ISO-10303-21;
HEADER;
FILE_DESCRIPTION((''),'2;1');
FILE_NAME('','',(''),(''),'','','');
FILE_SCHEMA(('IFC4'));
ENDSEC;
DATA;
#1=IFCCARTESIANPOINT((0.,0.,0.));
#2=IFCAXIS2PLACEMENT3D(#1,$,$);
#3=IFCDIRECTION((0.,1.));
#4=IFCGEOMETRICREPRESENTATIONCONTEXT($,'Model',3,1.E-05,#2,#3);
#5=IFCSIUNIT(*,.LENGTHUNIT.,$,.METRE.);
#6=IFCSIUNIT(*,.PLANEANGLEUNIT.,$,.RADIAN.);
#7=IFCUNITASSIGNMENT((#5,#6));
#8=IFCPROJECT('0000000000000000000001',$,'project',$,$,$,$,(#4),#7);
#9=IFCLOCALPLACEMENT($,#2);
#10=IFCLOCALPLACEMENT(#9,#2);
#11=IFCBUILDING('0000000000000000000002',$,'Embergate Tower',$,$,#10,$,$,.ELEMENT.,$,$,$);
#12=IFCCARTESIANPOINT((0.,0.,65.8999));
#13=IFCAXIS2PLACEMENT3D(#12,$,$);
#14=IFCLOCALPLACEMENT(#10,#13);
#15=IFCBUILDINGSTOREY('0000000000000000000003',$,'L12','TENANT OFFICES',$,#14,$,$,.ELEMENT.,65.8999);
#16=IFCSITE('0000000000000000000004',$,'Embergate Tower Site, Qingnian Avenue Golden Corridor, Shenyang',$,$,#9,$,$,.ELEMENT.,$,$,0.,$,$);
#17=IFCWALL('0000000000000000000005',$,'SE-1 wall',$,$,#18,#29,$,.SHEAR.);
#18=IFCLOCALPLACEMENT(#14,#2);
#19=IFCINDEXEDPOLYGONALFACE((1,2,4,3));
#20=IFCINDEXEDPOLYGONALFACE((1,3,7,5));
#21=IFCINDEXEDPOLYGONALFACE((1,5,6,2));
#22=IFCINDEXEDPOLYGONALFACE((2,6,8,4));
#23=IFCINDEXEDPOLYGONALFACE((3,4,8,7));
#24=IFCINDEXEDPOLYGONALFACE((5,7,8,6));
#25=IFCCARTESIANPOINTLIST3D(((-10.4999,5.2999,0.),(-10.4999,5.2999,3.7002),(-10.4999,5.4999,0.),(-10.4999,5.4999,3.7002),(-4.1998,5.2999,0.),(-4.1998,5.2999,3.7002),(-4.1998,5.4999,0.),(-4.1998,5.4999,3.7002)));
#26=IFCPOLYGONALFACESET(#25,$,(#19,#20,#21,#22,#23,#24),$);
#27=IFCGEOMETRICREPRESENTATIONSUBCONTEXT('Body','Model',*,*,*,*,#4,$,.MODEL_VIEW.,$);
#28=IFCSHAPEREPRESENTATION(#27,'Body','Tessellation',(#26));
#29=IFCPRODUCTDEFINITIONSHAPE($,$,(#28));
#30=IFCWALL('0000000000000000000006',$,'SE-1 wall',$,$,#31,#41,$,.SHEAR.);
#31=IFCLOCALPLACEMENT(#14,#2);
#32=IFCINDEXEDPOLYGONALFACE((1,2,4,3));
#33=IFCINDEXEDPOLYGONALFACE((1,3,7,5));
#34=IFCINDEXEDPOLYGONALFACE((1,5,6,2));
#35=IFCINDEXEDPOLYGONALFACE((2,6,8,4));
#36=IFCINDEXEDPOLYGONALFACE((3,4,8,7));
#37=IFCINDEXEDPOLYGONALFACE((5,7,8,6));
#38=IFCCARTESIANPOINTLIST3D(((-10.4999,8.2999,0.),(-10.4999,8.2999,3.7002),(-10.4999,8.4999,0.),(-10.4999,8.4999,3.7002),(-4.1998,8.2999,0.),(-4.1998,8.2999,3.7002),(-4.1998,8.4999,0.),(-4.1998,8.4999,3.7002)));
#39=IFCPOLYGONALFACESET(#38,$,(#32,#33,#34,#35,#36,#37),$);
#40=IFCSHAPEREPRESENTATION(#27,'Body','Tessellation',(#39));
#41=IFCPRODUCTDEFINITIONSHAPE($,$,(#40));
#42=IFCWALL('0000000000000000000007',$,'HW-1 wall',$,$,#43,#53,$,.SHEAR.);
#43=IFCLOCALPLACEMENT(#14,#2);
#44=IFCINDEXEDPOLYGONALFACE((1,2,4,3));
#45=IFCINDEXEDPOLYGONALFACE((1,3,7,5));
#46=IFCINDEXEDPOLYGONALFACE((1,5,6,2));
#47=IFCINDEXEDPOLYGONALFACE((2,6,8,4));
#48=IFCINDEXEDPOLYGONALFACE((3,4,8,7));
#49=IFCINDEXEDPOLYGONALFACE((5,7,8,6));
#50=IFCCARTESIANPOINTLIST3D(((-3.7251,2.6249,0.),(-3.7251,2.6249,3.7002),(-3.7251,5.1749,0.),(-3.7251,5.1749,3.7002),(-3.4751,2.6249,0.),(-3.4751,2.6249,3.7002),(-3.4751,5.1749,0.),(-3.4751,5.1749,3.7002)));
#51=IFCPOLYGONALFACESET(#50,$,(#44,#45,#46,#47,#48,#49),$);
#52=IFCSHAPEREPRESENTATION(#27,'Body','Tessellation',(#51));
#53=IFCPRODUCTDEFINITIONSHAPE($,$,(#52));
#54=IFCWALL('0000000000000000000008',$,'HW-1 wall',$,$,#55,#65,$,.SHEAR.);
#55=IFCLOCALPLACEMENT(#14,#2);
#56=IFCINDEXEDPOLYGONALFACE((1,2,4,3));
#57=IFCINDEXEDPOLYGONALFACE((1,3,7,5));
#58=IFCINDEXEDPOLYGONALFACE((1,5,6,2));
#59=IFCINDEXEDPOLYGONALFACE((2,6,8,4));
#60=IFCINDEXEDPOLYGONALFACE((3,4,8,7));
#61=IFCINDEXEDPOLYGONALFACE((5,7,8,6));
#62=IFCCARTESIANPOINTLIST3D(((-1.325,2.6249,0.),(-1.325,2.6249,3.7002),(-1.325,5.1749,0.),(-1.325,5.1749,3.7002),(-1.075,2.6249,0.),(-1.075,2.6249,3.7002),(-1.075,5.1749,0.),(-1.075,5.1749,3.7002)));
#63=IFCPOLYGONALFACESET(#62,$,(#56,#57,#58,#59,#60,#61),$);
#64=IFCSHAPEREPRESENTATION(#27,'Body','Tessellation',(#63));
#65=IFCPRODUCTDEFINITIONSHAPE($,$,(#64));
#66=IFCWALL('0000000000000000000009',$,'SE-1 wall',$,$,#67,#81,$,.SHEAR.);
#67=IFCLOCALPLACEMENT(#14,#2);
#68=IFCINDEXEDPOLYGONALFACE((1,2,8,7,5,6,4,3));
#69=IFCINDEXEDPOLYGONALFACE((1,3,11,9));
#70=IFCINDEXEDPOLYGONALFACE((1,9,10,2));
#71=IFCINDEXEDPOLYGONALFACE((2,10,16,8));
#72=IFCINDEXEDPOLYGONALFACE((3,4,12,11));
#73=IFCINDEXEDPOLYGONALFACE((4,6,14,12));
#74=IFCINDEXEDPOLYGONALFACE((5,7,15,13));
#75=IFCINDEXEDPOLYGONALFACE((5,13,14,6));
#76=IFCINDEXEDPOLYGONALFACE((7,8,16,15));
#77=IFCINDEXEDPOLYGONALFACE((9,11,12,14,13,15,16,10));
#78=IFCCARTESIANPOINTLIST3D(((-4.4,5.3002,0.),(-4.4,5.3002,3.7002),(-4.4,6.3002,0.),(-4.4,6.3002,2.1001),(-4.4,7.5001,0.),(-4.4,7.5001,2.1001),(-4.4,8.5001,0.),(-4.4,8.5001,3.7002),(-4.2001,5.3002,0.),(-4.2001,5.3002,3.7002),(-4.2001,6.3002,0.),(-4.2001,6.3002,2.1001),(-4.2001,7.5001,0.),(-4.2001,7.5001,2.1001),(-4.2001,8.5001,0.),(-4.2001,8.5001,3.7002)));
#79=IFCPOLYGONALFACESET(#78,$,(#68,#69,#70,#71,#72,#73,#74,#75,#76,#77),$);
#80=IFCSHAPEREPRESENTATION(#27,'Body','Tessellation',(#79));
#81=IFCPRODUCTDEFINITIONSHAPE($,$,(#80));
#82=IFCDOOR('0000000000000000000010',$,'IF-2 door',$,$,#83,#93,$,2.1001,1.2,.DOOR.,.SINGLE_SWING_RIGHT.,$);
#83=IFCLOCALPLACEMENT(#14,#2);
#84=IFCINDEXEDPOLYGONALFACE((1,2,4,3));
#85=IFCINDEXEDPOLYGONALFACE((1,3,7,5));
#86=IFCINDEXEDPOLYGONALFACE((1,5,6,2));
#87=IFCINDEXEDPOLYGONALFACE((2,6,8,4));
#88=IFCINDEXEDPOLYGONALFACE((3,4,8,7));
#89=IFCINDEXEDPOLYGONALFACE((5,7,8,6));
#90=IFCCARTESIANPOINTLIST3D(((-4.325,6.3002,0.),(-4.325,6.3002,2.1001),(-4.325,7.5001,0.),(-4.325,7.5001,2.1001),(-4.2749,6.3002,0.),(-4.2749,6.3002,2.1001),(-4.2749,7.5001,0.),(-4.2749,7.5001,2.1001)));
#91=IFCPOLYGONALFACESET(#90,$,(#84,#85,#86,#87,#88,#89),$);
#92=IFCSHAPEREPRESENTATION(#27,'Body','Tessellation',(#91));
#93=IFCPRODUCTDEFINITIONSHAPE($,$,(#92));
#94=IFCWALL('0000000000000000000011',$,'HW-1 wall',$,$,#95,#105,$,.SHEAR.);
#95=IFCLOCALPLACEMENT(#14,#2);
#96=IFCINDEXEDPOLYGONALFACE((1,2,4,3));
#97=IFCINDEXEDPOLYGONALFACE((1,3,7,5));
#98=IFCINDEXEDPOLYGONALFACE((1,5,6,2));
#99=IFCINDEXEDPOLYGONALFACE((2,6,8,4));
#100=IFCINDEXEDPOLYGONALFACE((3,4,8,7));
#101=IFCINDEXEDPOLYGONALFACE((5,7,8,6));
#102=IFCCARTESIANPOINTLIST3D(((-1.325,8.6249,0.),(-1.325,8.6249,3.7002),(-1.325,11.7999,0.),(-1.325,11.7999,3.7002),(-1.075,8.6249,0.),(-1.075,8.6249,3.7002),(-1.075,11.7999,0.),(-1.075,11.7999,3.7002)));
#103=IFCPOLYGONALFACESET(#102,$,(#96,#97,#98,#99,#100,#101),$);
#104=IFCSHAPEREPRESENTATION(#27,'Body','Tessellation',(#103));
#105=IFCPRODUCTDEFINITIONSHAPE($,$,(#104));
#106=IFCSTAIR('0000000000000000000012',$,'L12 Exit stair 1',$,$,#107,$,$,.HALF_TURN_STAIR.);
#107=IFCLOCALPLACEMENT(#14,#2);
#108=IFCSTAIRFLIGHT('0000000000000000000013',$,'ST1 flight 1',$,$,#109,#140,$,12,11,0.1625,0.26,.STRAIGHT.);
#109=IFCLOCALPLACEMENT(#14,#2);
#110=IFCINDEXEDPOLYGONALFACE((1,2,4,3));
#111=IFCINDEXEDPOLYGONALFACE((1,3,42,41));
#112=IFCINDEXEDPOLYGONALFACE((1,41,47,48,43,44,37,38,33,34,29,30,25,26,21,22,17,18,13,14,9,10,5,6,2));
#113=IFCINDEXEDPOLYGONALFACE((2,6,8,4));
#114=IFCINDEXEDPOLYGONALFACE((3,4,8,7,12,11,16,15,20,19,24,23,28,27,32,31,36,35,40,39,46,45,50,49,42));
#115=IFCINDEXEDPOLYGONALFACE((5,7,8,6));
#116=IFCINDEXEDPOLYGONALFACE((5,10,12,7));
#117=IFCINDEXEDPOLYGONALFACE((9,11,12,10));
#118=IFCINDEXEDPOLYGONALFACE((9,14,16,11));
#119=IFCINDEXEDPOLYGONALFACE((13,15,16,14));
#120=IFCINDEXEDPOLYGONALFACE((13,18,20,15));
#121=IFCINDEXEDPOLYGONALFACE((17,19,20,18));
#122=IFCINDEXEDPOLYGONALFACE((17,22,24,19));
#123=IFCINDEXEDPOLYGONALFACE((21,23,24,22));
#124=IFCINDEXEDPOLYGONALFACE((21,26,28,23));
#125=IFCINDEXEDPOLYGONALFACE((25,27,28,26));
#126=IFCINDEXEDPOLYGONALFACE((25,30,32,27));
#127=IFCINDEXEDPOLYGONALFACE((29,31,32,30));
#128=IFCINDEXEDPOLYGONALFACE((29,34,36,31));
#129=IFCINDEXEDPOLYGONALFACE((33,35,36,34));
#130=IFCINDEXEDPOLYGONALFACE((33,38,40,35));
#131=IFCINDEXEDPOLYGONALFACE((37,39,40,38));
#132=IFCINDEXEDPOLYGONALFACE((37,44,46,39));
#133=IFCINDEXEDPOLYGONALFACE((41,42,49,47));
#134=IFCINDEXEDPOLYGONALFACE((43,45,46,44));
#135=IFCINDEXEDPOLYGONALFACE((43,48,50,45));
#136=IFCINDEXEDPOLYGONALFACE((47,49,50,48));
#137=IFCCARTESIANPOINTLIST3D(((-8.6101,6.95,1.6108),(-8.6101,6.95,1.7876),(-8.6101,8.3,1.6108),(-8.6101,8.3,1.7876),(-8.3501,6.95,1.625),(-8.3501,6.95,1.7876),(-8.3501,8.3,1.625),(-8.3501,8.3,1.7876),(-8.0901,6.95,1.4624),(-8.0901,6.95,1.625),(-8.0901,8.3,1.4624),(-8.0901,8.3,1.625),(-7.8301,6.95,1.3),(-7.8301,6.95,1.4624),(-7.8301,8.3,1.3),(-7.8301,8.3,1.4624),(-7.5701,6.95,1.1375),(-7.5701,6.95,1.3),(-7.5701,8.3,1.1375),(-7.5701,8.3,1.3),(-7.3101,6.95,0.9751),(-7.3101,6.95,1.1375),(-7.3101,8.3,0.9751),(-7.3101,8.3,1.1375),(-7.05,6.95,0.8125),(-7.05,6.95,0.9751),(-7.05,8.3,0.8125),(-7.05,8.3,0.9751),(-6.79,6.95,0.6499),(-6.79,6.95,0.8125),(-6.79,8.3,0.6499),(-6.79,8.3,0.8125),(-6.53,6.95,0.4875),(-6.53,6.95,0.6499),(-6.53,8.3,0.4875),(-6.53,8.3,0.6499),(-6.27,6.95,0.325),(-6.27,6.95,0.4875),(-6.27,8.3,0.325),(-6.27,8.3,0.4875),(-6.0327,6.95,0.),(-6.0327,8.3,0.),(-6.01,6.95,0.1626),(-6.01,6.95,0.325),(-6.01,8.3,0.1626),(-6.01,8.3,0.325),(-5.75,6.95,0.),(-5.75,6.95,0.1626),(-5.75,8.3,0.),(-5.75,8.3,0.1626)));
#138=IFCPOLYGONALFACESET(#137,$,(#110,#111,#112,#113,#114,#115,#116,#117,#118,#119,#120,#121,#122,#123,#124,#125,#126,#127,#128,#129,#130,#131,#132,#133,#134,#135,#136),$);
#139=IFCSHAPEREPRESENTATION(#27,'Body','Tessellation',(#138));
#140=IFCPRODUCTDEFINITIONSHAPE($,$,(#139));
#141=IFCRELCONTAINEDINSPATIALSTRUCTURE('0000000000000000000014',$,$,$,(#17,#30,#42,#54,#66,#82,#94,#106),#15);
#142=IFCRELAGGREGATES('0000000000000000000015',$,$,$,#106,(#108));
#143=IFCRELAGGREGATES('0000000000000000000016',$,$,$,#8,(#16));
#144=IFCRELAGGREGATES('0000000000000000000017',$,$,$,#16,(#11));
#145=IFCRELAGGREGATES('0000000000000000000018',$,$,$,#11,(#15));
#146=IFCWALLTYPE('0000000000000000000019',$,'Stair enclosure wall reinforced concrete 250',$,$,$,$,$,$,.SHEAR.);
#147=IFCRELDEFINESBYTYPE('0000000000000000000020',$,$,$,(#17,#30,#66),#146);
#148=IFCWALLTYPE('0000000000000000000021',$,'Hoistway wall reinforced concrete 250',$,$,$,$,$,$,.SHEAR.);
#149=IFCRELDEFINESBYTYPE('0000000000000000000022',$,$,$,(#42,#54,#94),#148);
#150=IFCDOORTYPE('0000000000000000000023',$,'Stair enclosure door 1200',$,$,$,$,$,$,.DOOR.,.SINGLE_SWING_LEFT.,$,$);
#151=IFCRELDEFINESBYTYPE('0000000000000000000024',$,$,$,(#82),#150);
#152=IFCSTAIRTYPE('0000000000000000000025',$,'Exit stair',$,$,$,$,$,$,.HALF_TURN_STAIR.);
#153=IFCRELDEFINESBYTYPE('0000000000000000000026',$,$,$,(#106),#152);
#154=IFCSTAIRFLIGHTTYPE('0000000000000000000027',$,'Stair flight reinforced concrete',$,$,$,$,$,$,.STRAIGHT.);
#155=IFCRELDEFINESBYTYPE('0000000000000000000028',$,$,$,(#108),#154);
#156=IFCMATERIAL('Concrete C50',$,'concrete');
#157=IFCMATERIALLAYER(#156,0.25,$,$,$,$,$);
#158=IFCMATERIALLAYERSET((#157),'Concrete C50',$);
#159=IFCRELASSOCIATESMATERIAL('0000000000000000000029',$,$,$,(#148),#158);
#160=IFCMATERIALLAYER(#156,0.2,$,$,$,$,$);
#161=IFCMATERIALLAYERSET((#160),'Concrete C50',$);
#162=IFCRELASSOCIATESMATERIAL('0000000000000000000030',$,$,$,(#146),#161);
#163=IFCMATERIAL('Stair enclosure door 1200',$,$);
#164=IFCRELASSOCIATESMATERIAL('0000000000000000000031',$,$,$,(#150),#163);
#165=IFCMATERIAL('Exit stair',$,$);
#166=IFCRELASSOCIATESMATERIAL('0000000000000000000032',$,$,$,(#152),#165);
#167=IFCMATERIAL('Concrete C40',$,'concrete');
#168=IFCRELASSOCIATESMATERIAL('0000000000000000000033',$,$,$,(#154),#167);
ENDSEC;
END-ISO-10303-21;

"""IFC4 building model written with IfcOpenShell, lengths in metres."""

from ifc_helpers import new_model, si_unit, direction, frame, frame_2d, origin, place, context, subcontext, project, spatial, polyline, rectangle, outline, extrude, source, transform, mapped, material, layer, layer_set, type_object, element, fill, aggregate, save


model = new_model("IFC4")

# Units and contexts
model_context = context("Model", 3, precision=1e-05, world=origin(), true_north=direction((0.0, 1.0)))
body_context = subcontext(model_context, "Body", "Model", "MODEL_VIEW")
ifc_project = project(units=[si_unit("LENGTHUNIT", "METRE"), si_unit("PLANEANGLEUNIT", "RADIAN")], contexts=[model_context])

# Site, building, storey
site_placement = place(None, origin())
site = spatial("IfcSite", under=ifc_project, at=site_placement, Name="Embergate Tower Site, Qingnian Avenue Golden Corridor, Shenyang", CompositionType="ELEMENT", RefElevation=0.0)
building_placement = place(site_placement, origin())
building = spatial("IfcBuilding", under=site, at=building_placement, Name="Embergate Tower", CompositionType="ELEMENT")
storey_placement = place(building_placement, frame((0.0, 0.0, 65.8999)))
storey = spatial("IfcBuildingStorey", under=building, at=storey_placement, Name="L12", Description="TENANT OFFICES", CompositionType="ELEMENT", Elevation=65.8999)

# Shared definitions
shared_shape_1 = source(origin(), body_context, "Body", "SweptSolid", [
    extrude(rectangle(XDim=1.2, YDim=2.1001, at=frame_2d((0.6001, 1.05))), frame((0.0, 0.0249, 0.0), z_axis=(0.0, -1.0, 0.0), x_axis=(1.0, 0.0, 0.0)), (0.0, 0.0, 1.0), 0.05),
])

# Shared definitions
ifc_material_1 = material(Name="Concrete C50", Category="concrete")
ifc_layer_1 = layer(ifc_material_1, 0.25)
ifc_layer_set_1 = layer_set([ifc_layer_1], Name="Concrete C50")
wall_type_1 = type_object("IfcWallType", Name="Hoistway wall reinforced concrete 250", PredefinedType="SHEAR", material=ifc_layer_set_1)

# Walls
ifc_layer_2 = layer(ifc_material_1, 0.2)
ifc_layer_set_2 = layer_set([ifc_layer_2], Name="Concrete C50")
wall_type_2 = type_object("IfcWallType", Name="Stair enclosure wall reinforced concrete 250", PredefinedType="SHEAR", material=ifc_layer_set_2)
shared_shape_2 = source(origin(), body_context, "Body", "SweptSolid", [
    extrude(rectangle(XDim=6.3, YDim=0.2, at=frame_2d((3.1499, 0.0))), origin(), (0.0, 0.0, 1.0), 3.7002),
])
for number, where, z_axis, x_axis, name in (
    (1, (-4.2, 5.3999, 0.0), (0.0, 0.0, 1.0), (-1.0, 0.0, 0.0), "SE-1 wall"),
    (2, (-4.2, 8.3999, 0.0), (0.0, 0.0, 1.0), (-1.0, 0.0, 0.0), "SE-1 wall"),
):
    element("IfcWall", number, at=place(storey_placement, frame(where, z_axis=z_axis, x_axis=x_axis)), inside=storey, type_object=wall_type_2, Name=name, PredefinedType="SHEAR", context=body_context, shape_type="MappedRepresentation", body=[
        mapped(shared_shape_2, transform((0.0, 0.0, 0.0))),
    ])
shared_shape_3 = source(origin(), body_context, "Body", "SweptSolid", [
    extrude(rectangle(XDim=2.55, YDim=0.25, at=frame_2d((1.2749, 0.0))), origin(), (0.0, 0.0, 1.0), 3.7002),
])
for number, where, z_axis, x_axis, name in (
    (3, (-3.6001, 2.625, 0.0), (0.0, 0.0, 1.0), (0.0, 1.0, 0.0), "HW-1 wall"),
    (4, (-1.2, 2.625, 0.0), (0.0, 0.0, 1.0), (0.0, 1.0, 0.0), "HW-1 wall"),
):
    element("IfcWall", number, at=place(storey_placement, frame(where, z_axis=z_axis, x_axis=x_axis)), inside=storey, type_object=wall_type_1, Name=name, PredefinedType="SHEAR", context=body_context, shape_type="MappedRepresentation", body=[
        mapped(shared_shape_3, transform((0.0, 0.0, 0.0))),
    ])

# Wall, opening, door
shared_shape_4 = source(origin(), body_context, "Body", "SweptSolid", [
    extrude(rectangle(XDim=3.2, YDim=0.2, at=frame_2d((1.6001, 0.0))), origin(), (0.0, 0.0, 1.0), 3.7002),
])
wall_1_placement = place(storey_placement, frame((-4.3, 5.3, 0.0), z_axis=(0.0, 0.0, 1.0), x_axis=(0.0, 1.0, 0.0)))
wall_1 = element("IfcWall", 5, at=wall_1_placement, inside=storey, type_object=wall_type_2, Name="SE-1 wall", PredefinedType="SHEAR", context=body_context, shape_type="MappedRepresentation", body=[
    mapped(shared_shape_4, transform((0.0, 0.0, 0.0))),
])
shared_shape_5 = source(origin(), body_context, "Body", "SweptSolid", [
    extrude(rectangle(XDim=1.2, YDim=2.1001, at=frame_2d((0.6001, 1.05))), frame((0.0, 0.1099, 0.0), z_axis=(0.0, -1.0, 0.0), x_axis=(1.0, 0.0, 0.0)), (0.0, 0.0, 1.0), 0.22),
])
opening_1_placement = place(wall_1_placement, frame((1.0, 0.0, 0.0)))
opening_1 = element("IfcOpeningElement", 6, at=opening_1_placement, cuts=wall_1, PredefinedType="OPENING", context=body_context, shape_type="MappedRepresentation", body=[
    mapped(shared_shape_5, transform((0.0, 0.0, 0.0))),
])
ifc_material_2 = material(Name="Stair enclosure door 1200")
door_type_1 = type_object("IfcDoorType", Name="Stair enclosure door 1200", OperationType="SINGLE_SWING_LEFT", PredefinedType="DOOR", material=ifc_material_2)
door_1_placement = place(opening_1_placement, origin())
door_1 = element("IfcDoor", 7, at=door_1_placement, inside=storey, type_object=door_type_1, Name="IF-2 door", OperationType="SINGLE_SWING_RIGHT", OverallHeight=2.1001, OverallWidth=1.2, PredefinedType="DOOR", context=body_context, shape_type="MappedRepresentation", body=[
    mapped(shared_shape_1, transform((0.0, 0.0, 0.0))),
])
fill(opening_1, door_1)

# Wall
shared_shape_6 = source(origin(), body_context, "Body", "SweptSolid", [
    extrude(rectangle(XDim=3.175, YDim=0.25, at=frame_2d((1.5874, 0.0))), origin(), (0.0, 0.0, 1.0), 3.7002),
])
wall_2_placement = place(storey_placement, frame((-1.2, 8.625, 0.0), z_axis=(0.0, 0.0, 1.0), x_axis=(0.0, 1.0, 0.0)))
element("IfcWall", 8, at=wall_2_placement, inside=storey, type_object=wall_type_1, Name="HW-1 wall", PredefinedType="SHEAR", context=body_context, shape_type="MappedRepresentation", body=[
    mapped(shared_shape_6, transform((0.0, 0.0, 0.0))),
])

# Stair, stair flight
ifc_material_3 = material(Name="Exit stair")
stair_type = type_object("IfcStairType", Name="Exit stair", PredefinedType="HALF_TURN_STAIR", material=ifc_material_3)
stair_placement = place(storey_placement, origin())
stair = element("IfcStair", 9, at=stair_placement, inside=storey, type_object=stair_type, Name="L12 Exit stair 1", PredefinedType="HALF_TURN_STAIR")
ifc_material_4 = material(Name="Concrete C40", Category="concrete")
stair_flight_type = type_object("IfcStairFlightType", Name="Stair flight reinforced concrete", PredefinedType="STRAIGHT", material=ifc_material_4)
shared_shape_7 = source(origin(), body_context, "Body", "SweptSolid", [
    extrude(outline(polyline([(0.0, 0.0), (0.0, 0.1626), (0.26, 0.1626), (0.26, 0.325), (0.52, 0.325), (0.52, 0.4875), (0.78, 0.4875), (0.78, 0.6499), (1.04, 0.6499), (1.04, 0.8125), (1.3, 0.8125), (1.3, 0.9751), (1.5601, 0.9751), (1.5601, 1.1375), (1.8201, 1.1375), (1.8201, 1.3), (2.0801, 1.3), (2.0801, 1.4624), (2.3401, 1.4624), (2.3401, 1.625), (2.6001, 1.625), (2.6001, 1.7876), (2.8601, 1.7876), (2.8601, 1.95), (2.8601, 1.6108), (0.2827, 0.0), (0.0, 0.0)])), frame((0.0, 0.675, 0.0), z_axis=(0.0, -1.0, 0.0), x_axis=(1.0, 0.0, 0.0)), (0.0, 0.0, 1.0), 1.3501),
])
stair_flight_placement = place(storey_placement, frame((-5.75, 7.625, 0.0), z_axis=(0.0, 0.0, 1.0), x_axis=(-1.0, 0.0, 0.0)))
stair_flight = element("IfcStairFlight", 10, at=stair_flight_placement, type_object=stair_flight_type, Name="ST1 flight 1", NumberOfRisers=12, NumberOfTreads=11, PredefinedType="STRAIGHT", RiserHeight=0.1625, TreadLength=0.26, context=body_context, shape_type="MappedRepresentation", body=[
    mapped(shared_shape_7, transform((0.0, 0.0, 0.0))),
])
aggregate(stair, [stair_flight])

save(model, "model.ifc")
